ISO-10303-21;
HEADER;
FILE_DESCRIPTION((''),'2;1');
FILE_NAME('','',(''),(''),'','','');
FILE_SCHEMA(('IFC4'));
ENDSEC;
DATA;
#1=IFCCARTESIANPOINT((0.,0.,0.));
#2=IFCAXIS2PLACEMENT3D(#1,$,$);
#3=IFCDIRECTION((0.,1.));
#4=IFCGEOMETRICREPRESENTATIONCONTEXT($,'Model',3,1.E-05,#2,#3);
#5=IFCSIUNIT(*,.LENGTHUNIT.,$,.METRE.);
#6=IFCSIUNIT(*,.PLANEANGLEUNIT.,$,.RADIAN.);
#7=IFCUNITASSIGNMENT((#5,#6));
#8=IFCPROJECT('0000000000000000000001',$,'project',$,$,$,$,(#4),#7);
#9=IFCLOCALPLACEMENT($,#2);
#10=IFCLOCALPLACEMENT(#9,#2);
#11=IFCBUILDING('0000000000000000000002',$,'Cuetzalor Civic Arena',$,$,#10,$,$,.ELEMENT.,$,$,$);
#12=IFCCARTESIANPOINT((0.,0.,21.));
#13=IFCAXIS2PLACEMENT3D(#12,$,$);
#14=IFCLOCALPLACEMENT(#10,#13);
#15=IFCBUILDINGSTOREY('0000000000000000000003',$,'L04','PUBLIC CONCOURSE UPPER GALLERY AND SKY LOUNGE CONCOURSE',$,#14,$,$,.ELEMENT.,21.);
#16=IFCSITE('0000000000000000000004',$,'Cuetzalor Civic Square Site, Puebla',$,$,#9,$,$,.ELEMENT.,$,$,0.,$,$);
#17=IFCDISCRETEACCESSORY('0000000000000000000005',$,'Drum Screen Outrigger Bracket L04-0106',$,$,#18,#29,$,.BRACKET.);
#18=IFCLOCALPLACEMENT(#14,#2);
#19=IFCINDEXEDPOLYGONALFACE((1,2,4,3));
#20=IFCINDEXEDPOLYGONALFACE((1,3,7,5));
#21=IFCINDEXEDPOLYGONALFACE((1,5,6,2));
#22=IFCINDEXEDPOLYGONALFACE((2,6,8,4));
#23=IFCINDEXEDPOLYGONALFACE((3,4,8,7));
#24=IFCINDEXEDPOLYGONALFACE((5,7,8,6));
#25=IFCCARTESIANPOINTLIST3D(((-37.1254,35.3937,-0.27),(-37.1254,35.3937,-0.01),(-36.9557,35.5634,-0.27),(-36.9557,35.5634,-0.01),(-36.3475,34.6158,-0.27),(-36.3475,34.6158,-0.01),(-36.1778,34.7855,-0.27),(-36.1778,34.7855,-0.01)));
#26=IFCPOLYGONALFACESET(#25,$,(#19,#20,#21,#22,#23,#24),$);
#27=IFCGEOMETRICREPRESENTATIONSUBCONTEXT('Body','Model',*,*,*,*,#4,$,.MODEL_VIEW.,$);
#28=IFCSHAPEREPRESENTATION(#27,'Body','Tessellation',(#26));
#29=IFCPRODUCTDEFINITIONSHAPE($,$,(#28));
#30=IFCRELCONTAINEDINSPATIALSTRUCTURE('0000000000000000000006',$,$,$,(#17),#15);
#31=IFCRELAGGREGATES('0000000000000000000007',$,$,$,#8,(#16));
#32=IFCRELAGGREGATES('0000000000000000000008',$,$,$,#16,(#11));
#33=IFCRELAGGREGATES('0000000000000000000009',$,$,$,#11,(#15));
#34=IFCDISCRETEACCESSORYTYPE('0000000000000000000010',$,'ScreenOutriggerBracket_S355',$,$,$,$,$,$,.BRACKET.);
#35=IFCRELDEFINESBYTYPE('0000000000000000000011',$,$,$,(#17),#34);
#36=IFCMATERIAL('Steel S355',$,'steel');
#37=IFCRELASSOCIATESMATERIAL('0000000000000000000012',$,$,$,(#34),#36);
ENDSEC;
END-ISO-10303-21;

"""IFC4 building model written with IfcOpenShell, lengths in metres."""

from ifc_helpers import new_model, si_unit, direction, frame, origin, origin_2d, place, context, subcontext, project, spatial, rectangle, extrude, material, type_object, element, save


model = new_model("IFC4")

# Units and contexts
model_context = context("Model", 3, precision=1e-05, world=origin(), true_north=direction((0.0, 1.0)))
body_context = subcontext(model_context, "Body", "Model", "MODEL_VIEW")
ifc_project = project(units=[si_unit("LENGTHUNIT", "METRE"), si_unit("PLANEANGLEUNIT", "RADIAN")], contexts=[model_context])

# Site, building, storey
site_placement = place(None, origin())
site = spatial("IfcSite", under=ifc_project, at=site_placement, Name="Cuetzalor Civic Square Site, Puebla", CompositionType="ELEMENT", RefElevation=0.0)
building_placement = place(site_placement, origin())
building = spatial("IfcBuilding", under=site, at=building_placement, Name="Cuetzalor Civic Arena", CompositionType="ELEMENT")
storey_placement = place(building_placement, frame((0.0, 0.0, 21.0)))
storey = spatial("IfcBuildingStorey", under=building, at=storey_placement, Name="L04", Description="PUBLIC CONCOURSE UPPER GALLERY AND SKY LOUNGE CONCOURSE", CompositionType="ELEMENT", Elevation=21.0)

# Discrete accessory
ifc_material_1 = material(Name="Steel S355", Category="steel")
discrete_accessory_type = type_object("IfcDiscreteAccessoryType", Name="ScreenOutriggerBracket_S355", PredefinedType="BRACKET", material=ifc_material_1)
discrete_accessory_placement = place(storey_placement, frame((-36.6516, 35.0896, -0.27), z_axis=(0.0, 0.0, 1.0), x_axis=(-0.707107, 0.707107, 0.0)))
element("IfcDiscreteAccessory", 1, at=discrete_accessory_placement, inside=storey, type_object=discrete_accessory_type, Name="Drum Screen Outrigger Bracket L04-0106", PredefinedType="BRACKET", context=body_context, shape_type="SweptSolid", body=[
    extrude(rectangle(XDim=1.1001, YDim=0.24, at=origin_2d()), origin(), (0.0, 0.0, 1.0), 0.26),
])

save(model, "model.ifc")
